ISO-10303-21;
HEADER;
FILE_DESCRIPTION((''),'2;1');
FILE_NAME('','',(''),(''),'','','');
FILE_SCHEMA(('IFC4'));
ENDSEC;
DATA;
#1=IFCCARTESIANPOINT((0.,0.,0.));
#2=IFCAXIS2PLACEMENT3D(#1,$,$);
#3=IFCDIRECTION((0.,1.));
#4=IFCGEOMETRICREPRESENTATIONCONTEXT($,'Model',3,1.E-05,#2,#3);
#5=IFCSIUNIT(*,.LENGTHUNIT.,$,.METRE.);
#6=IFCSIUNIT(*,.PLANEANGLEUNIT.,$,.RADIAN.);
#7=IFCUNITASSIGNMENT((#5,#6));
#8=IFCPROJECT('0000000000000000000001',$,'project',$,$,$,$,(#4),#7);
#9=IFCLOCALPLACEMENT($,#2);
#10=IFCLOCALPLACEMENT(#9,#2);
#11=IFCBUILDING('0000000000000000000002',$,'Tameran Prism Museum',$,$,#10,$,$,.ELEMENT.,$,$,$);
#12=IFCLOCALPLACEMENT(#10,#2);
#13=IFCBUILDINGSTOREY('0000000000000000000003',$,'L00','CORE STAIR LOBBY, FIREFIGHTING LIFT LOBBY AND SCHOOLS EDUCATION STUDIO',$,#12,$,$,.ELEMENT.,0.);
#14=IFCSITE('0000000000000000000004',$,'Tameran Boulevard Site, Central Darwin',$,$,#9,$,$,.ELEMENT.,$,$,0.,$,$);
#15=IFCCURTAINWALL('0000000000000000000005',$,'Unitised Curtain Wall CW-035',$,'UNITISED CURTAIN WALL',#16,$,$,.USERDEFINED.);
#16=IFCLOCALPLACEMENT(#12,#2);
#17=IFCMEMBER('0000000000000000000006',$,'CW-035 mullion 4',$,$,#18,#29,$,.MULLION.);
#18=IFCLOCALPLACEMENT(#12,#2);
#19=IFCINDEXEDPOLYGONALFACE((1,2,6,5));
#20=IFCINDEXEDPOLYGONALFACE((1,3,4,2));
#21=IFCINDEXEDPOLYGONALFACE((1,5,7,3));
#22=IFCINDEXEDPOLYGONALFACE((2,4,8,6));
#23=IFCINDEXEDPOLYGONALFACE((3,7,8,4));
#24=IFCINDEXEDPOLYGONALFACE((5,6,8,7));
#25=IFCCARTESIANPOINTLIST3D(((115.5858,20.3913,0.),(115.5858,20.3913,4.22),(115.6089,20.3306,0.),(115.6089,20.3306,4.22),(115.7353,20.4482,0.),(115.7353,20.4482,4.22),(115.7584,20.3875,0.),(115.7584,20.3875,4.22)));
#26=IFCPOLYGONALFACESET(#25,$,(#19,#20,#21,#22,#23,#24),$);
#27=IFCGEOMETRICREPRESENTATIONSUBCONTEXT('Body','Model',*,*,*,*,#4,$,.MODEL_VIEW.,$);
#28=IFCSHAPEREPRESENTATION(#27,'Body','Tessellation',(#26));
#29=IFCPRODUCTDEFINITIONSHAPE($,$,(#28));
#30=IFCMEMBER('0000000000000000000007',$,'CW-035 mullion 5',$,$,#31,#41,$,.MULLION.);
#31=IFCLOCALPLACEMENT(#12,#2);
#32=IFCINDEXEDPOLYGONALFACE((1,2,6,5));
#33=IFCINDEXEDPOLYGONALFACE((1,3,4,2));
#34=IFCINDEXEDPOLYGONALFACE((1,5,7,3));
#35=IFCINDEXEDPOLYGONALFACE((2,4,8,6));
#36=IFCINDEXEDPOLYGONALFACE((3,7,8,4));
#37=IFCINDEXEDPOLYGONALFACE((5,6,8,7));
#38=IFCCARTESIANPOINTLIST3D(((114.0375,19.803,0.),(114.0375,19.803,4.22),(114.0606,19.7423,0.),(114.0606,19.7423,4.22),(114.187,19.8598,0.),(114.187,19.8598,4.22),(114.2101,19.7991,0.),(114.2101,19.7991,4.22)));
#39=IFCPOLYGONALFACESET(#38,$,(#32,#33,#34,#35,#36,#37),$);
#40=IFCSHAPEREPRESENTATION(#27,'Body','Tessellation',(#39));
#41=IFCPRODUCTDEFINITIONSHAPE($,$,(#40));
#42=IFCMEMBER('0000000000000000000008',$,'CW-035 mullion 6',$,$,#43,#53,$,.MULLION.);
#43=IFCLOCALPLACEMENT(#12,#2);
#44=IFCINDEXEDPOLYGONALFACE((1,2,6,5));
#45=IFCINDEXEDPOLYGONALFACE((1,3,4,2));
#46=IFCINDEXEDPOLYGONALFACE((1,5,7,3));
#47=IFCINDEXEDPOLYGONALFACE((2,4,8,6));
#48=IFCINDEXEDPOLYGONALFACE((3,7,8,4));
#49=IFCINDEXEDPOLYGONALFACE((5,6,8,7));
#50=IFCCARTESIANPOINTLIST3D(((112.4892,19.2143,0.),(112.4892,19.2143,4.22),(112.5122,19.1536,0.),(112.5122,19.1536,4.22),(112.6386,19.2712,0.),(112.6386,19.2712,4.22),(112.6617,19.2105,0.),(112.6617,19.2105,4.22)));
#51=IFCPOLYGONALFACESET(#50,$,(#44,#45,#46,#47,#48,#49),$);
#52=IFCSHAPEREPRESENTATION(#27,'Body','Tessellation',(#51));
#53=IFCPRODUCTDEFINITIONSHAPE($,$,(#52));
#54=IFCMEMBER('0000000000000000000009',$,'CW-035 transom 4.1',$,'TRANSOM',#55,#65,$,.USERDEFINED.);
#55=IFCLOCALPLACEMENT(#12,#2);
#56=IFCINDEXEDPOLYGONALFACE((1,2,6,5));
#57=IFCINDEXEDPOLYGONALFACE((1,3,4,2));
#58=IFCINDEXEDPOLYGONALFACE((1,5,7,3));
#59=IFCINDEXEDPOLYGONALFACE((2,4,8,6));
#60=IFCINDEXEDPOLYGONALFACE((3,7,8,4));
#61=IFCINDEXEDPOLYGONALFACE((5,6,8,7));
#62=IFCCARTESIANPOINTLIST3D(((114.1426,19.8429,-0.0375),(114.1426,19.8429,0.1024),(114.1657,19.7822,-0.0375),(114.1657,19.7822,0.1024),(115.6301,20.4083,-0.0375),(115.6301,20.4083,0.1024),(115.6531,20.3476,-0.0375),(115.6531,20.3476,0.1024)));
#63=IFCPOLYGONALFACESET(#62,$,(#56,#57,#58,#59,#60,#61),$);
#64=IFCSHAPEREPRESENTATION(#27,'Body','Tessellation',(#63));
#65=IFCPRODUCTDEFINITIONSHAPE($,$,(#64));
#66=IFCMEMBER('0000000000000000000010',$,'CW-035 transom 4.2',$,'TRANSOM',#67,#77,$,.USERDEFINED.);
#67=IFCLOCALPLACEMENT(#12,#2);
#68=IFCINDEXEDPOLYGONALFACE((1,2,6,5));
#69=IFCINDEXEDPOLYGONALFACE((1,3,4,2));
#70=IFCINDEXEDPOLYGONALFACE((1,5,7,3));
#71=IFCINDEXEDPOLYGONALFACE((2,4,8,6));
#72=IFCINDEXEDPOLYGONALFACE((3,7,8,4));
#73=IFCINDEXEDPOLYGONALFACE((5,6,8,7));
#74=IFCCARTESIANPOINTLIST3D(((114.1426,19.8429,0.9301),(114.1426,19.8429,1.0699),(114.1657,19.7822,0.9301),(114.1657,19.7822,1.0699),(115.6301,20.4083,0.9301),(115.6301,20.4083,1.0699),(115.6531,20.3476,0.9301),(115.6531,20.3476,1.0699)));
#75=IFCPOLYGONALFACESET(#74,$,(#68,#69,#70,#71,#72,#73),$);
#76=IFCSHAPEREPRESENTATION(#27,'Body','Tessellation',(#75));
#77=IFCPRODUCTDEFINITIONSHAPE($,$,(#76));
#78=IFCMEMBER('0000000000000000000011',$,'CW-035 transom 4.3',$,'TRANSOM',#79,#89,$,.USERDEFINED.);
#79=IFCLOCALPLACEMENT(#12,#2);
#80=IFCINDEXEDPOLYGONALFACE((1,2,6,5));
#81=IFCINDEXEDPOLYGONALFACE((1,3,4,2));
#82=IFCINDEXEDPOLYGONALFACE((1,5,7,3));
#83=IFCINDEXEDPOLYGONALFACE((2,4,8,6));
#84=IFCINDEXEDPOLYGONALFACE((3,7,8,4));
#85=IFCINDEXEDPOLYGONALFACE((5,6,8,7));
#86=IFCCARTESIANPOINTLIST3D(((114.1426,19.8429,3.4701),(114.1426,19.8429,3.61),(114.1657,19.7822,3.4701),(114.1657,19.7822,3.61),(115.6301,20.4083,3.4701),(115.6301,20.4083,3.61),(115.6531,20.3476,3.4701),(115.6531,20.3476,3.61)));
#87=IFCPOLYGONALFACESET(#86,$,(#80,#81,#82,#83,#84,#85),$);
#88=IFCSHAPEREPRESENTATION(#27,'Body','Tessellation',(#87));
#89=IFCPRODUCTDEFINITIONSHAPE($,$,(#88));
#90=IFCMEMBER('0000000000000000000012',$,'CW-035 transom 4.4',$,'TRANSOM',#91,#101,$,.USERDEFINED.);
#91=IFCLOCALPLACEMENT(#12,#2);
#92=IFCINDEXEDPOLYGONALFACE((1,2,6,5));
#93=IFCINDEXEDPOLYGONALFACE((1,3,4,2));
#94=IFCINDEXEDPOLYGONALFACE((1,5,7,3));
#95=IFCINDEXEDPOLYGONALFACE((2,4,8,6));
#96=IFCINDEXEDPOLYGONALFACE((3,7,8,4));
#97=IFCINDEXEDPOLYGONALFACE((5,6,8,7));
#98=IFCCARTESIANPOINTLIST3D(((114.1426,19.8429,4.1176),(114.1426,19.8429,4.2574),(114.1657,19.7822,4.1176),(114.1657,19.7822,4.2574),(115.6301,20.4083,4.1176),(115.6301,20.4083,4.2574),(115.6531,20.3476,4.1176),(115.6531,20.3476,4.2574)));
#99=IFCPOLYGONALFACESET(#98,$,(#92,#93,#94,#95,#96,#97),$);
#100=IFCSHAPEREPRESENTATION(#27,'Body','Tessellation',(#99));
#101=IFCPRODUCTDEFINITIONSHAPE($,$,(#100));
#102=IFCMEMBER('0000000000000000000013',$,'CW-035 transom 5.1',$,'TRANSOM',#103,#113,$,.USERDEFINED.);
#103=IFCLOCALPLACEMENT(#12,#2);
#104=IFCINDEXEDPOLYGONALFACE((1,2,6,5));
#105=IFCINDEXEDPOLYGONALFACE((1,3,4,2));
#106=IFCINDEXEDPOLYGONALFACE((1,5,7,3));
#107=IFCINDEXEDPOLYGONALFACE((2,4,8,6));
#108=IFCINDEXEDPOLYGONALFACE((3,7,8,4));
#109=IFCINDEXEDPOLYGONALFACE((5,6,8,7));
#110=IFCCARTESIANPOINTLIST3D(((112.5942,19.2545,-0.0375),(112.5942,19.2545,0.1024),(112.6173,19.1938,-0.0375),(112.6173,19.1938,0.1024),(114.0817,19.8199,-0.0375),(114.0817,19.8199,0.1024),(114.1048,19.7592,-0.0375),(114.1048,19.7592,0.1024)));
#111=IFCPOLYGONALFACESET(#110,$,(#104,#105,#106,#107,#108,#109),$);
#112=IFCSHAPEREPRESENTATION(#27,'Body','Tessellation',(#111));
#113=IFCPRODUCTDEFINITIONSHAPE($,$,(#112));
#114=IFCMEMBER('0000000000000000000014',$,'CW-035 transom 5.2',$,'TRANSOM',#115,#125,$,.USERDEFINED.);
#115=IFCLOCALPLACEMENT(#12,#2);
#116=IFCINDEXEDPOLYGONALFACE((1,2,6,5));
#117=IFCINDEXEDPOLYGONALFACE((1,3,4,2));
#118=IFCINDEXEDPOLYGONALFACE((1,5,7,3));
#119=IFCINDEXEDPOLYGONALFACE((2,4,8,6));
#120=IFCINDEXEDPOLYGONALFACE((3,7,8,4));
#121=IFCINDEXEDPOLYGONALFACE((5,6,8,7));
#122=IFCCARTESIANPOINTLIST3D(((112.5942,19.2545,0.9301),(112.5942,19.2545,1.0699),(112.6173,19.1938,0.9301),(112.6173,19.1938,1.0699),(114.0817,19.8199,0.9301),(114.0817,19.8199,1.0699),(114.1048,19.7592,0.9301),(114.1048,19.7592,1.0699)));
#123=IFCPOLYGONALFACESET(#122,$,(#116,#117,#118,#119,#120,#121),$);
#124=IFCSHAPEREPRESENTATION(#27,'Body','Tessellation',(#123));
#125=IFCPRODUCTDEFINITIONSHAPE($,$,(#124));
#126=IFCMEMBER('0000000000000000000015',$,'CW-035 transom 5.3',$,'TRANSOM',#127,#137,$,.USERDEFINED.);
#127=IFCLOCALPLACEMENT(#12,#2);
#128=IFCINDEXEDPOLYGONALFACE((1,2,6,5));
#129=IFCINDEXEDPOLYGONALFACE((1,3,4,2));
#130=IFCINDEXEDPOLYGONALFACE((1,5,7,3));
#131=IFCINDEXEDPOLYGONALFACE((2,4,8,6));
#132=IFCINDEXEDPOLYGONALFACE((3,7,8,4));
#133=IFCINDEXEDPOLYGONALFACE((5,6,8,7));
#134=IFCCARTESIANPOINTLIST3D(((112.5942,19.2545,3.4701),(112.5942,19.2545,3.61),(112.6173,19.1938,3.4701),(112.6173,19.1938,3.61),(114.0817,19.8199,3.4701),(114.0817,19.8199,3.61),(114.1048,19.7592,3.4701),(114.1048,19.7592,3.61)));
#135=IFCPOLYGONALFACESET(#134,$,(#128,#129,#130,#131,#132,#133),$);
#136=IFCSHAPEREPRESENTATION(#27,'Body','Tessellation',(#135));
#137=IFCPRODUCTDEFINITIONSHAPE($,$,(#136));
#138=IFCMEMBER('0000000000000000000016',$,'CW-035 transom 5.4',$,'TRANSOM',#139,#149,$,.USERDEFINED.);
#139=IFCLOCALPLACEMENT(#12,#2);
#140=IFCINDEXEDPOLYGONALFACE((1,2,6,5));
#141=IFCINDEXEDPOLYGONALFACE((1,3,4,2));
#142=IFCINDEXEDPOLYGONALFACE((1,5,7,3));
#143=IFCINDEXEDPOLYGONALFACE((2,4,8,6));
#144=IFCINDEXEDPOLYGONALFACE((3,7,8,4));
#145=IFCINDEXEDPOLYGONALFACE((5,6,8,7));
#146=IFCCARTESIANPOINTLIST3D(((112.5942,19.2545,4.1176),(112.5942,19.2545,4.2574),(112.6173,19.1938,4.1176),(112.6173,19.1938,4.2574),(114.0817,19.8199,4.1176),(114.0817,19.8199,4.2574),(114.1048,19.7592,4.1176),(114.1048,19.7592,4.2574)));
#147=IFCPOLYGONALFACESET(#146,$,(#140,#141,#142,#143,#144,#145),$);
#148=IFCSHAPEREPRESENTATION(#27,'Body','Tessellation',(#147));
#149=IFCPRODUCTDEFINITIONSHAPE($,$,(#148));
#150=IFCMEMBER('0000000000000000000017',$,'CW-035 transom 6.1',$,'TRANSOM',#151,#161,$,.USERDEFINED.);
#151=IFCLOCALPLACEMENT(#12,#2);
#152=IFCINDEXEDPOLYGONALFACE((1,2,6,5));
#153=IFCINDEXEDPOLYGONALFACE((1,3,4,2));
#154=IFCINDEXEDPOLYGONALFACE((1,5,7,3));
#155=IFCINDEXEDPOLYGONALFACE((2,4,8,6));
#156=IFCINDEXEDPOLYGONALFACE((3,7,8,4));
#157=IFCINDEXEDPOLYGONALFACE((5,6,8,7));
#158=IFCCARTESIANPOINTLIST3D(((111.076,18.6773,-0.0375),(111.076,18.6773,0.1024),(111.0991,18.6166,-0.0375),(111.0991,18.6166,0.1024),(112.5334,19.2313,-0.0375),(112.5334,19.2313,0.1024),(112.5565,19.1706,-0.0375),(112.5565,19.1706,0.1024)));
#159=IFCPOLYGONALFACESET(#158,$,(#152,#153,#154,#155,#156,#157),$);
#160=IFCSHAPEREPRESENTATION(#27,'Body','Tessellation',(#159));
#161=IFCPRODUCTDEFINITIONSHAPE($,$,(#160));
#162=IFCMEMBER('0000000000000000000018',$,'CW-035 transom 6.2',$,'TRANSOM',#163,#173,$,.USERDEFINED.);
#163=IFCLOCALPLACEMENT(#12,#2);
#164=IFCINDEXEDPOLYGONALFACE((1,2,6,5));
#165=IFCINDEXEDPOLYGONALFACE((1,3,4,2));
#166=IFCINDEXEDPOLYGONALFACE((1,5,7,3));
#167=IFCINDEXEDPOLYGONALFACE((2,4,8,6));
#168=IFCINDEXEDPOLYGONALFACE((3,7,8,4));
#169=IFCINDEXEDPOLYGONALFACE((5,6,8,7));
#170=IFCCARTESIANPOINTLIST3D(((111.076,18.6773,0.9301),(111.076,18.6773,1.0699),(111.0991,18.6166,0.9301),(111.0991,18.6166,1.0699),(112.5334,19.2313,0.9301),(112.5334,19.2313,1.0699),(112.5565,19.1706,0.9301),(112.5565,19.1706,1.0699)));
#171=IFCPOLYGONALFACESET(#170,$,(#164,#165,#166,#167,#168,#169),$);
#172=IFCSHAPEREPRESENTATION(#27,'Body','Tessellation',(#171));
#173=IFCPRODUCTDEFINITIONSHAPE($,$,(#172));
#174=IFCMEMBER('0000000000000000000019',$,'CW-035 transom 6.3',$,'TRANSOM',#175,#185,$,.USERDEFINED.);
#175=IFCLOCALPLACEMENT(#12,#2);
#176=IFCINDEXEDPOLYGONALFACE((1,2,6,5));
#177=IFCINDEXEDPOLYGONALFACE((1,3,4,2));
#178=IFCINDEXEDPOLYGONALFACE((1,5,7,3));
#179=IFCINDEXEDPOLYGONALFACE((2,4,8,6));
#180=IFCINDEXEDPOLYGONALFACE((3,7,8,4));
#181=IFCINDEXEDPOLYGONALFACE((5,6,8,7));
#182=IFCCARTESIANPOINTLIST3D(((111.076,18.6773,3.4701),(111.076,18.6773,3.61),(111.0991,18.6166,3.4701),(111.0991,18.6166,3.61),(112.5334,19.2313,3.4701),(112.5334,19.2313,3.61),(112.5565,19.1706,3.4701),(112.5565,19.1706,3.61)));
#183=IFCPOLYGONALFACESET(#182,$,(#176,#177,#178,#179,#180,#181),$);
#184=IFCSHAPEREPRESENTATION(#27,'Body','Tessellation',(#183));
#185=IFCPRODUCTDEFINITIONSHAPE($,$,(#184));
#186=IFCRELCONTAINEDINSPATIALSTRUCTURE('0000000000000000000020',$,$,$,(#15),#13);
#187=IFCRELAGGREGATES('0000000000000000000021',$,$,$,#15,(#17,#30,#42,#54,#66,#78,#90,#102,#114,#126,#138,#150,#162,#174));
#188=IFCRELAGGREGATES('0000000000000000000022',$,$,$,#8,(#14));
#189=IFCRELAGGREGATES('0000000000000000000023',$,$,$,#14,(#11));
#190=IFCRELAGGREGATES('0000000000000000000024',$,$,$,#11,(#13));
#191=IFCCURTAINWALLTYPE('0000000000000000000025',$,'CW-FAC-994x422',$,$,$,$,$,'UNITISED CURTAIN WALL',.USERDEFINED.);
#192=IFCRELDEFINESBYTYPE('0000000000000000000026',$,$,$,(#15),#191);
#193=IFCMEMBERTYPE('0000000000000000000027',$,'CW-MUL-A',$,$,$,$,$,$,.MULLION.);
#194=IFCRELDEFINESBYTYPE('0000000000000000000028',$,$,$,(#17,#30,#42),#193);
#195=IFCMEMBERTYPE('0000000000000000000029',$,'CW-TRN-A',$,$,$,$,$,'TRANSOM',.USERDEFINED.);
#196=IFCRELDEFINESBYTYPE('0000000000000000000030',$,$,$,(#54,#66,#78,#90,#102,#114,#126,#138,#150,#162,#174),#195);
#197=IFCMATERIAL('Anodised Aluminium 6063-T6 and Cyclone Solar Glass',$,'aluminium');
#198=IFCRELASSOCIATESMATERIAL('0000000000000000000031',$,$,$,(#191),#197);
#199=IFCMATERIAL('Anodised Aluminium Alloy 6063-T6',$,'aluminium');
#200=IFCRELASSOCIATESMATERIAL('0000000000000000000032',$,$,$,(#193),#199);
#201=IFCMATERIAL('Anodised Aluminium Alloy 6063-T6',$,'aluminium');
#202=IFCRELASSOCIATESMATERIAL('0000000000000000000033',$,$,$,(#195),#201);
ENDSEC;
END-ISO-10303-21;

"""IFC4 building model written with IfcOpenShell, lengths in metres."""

from ifc_helpers import new_model, si_unit, direction, frame, origin, origin_2d, place, context, subcontext, project, spatial, rectangle, extrude, material, material_profile, profile_set, type_object, element, aggregate, save


model = new_model("IFC4")

# Units and contexts
model_context = context("Model", 3, precision=1e-05, world=origin(), true_north=direction((0.0, 1.0)))
body_context = subcontext(model_context, "Body", "Model", "MODEL_VIEW")
ifc_project = project(units=[si_unit("LENGTHUNIT", "METRE"), si_unit("PLANEANGLEUNIT", "RADIAN")], contexts=[model_context])

# Site, building, storey
site_placement = place(None, origin())
site = spatial("IfcSite", under=ifc_project, at=site_placement, Name="Tameran Boulevard Site, Central Darwin", CompositionType="ELEMENT", RefElevation=0.0)
building_placement = place(site_placement, origin())
building = spatial("IfcBuilding", under=site, at=building_placement, Name="Tameran Prism Museum", CompositionType="ELEMENT")
storey_placement = place(building_placement, origin())
storey = spatial("IfcBuildingStorey", under=building, at=storey_placement, Name="L00", Description="CORE STAIR LOBBY, FIREFIGHTING LIFT LOBBY AND SCHOOLS EDUCATION STUDIO", CompositionType="ELEMENT", Elevation=0.0)

# Curtain wall, members
ifc_material_1 = material(Name="Anodised Aluminium 6063-T6 and Cyclone Solar Glass", Category="aluminium")
curtain_wall_type = type_object("IfcCurtainWallType", Name="CW-FAC-994x422", ElementType="UNITISED CURTAIN WALL", PredefinedType="USERDEFINED", material=ifc_material_1)
curtain_wall_placement = place(storey_placement, origin())
curtain_wall = element("IfcCurtainWall", 1, at=curtain_wall_placement, inside=storey, type_object=curtain_wall_type, Name="Unitised Curtain Wall CW-035", ObjectType="UNITISED CURTAIN WALL", PredefinedType="USERDEFINED")
ifc_material_2 = material(Name="Anodised Aluminium Alloy 6063-T6", Category="aluminium")
ifc_material_profile_1 = material_profile(ifc_material_2, rectangle(XDim=0.0649, YDim=0.1599, at=origin_2d()))
ifc_profile_set_1 = profile_set([ifc_material_profile_1])
member_type_1 = type_object("IfcMemberType", Name="CW-MUL-A", PredefinedType="MULLION", material=ifc_profile_set_1)
member_1_placement = place(storey_placement, frame((115.6721, 20.3894, 0.0), z_axis=(0.0, 0.0, 1.0), x_axis=(0.355288, -0.934757, 0.0)))
member_1 = element("IfcMember", 2, at=member_1_placement, type_object=member_type_1, Name="CW-035 mullion 4", PredefinedType="MULLION", context=body_context, shape_type="SweptSolid", body=[
    extrude(rectangle(XDim=0.0649, YDim=0.1599, at=origin_2d()), origin(), (0.0, 0.0, 1.0), 4.22),
])
member_2_placement = place(storey_placement, frame((114.1238, 19.801, 0.0), z_axis=(0.0, 0.0, 1.0), x_axis=(0.355288, -0.934757, 0.0)))
member_2 = element("IfcMember", 3, at=member_2_placement, type_object=member_type_1, Name="CW-035 mullion 5", PredefinedType="MULLION", context=body_context, shape_type="SweptSolid", body=[
    extrude(rectangle(XDim=0.0649, YDim=0.1599, at=origin_2d()), origin(), (0.0, 0.0, 1.0), 4.22),
])
member_3_placement = place(storey_placement, frame((112.5754, 19.2124, 0.0), z_axis=(0.0, 0.0, 1.0), x_axis=(0.355288, -0.934757, 0.0)))
member_3 = element("IfcMember", 4, at=member_3_placement, type_object=member_type_1, Name="CW-035 mullion 6", PredefinedType="MULLION", context=body_context, shape_type="SweptSolid", body=[
    extrude(rectangle(XDim=0.0649, YDim=0.1599, at=origin_2d()), origin(), (0.0, 0.0, 1.0), 4.22),
])
ifc_material_3 = material(Name="Anodised Aluminium Alloy 6063-T6", Category="aluminium")
ifc_material_profile_2 = material_profile(ifc_material_3, rectangle(XDim=0.0649, YDim=0.1399, at=origin_2d()))
ifc_profile_set_2 = profile_set([ifc_material_profile_2])
member_type_2 = type_object("IfcMemberType", Name="CW-TRN-A", ElementType="TRANSOM", PredefinedType="USERDEFINED", material=ifc_profile_set_2)
member_4_placement = place(storey_placement, frame((115.6416, 20.3779, 0.0325), z_axis=(-0.93475, -0.355306, 0.0), x_axis=(0.355306, -0.93475, 0.0)))
member_4 = element("IfcMember", 5, at=member_4_placement, type_object=member_type_2, Name="CW-035 transom 4.1", ObjectType="TRANSOM", PredefinedType="USERDEFINED", context=body_context, shape_type="SweptSolid", body=[
    extrude(rectangle(XDim=0.0649, YDim=0.1399, at=origin_2d()), origin(), (0.0, 0.0, 1.0), 1.5913),
])
member_5_placement = place(storey_placement, frame((115.6416, 20.3779, 1.0), z_axis=(-0.93475, -0.355306, 0.0), x_axis=(0.355306, -0.93475, 0.0)))
member_5 = element("IfcMember", 6, at=member_5_placement, type_object=member_type_2, Name="CW-035 transom 4.2", ObjectType="TRANSOM", PredefinedType="USERDEFINED", context=body_context, shape_type="SweptSolid", body=[
    extrude(rectangle(XDim=0.0649, YDim=0.1399, at=origin_2d()), origin(), (0.0, 0.0, 1.0), 1.5913),
])
member_6_placement = place(storey_placement, frame((115.6416, 20.3779, 3.54), z_axis=(-0.93475, -0.355306, 0.0), x_axis=(0.355306, -0.93475, 0.0)))
member_6 = element("IfcMember", 7, at=member_6_placement, type_object=member_type_2, Name="CW-035 transom 4.3", ObjectType="TRANSOM", PredefinedType="USERDEFINED", context=body_context, shape_type="SweptSolid", body=[
    extrude(rectangle(XDim=0.0649, YDim=0.1399, at=origin_2d()), origin(), (0.0, 0.0, 1.0), 1.5913),
])
member_7_placement = place(storey_placement, frame((115.6416, 20.3779, 4.1875), z_axis=(-0.93475, -0.355306, 0.0), x_axis=(0.355306, -0.93475, 0.0)))
member_7 = element("IfcMember", 8, at=member_7_placement, type_object=member_type_2, Name="CW-035 transom 4.4", ObjectType="TRANSOM", PredefinedType="USERDEFINED", context=body_context, shape_type="SweptSolid", body=[
    extrude(rectangle(XDim=0.0649, YDim=0.1399, at=origin_2d()), origin(), (0.0, 0.0, 1.0), 1.5913),
])
member_8_placement = place(storey_placement, frame((114.0933, 19.7896, 0.0325), z_axis=(-0.93475, -0.355306, 0.0), x_axis=(0.355306, -0.93475, 0.0)))
member_8 = element("IfcMember", 9, at=member_8_placement, type_object=member_type_2, Name="CW-035 transom 5.1", ObjectType="TRANSOM", PredefinedType="USERDEFINED", context=body_context, shape_type="SweptSolid", body=[
    extrude(rectangle(XDim=0.0649, YDim=0.1399, at=origin_2d()), origin(), (0.0, 0.0, 1.0), 1.5913),
])
member_9_placement = place(storey_placement, frame((114.0933, 19.7896, 1.0), z_axis=(-0.93475, -0.355306, 0.0), x_axis=(0.355306, -0.93475, 0.0)))
member_9 = element("IfcMember", 10, at=member_9_placement, type_object=member_type_2, Name="CW-035 transom 5.2", ObjectType="TRANSOM", PredefinedType="USERDEFINED", context=body_context, shape_type="SweptSolid", body=[
    extrude(rectangle(XDim=0.0649, YDim=0.1399, at=origin_2d()), origin(), (0.0, 0.0, 1.0), 1.5913),
])
member_10_placement = place(storey_placement, frame((114.0933, 19.7896, 3.54), z_axis=(-0.93475, -0.355306, 0.0), x_axis=(0.355306, -0.93475, 0.0)))
member_10 = element("IfcMember", 11, at=member_10_placement, type_object=member_type_2, Name="CW-035 transom 5.3", ObjectType="TRANSOM", PredefinedType="USERDEFINED", context=body_context, shape_type="SweptSolid", body=[
    extrude(rectangle(XDim=0.0649, YDim=0.1399, at=origin_2d()), origin(), (0.0, 0.0, 1.0), 1.5913),
])
member_11_placement = place(storey_placement, frame((114.0933, 19.7896, 4.1875), z_axis=(-0.93475, -0.355306, 0.0), x_axis=(0.355306, -0.93475, 0.0)))
member_11 = element("IfcMember", 12, at=member_11_placement, type_object=member_type_2, Name="CW-035 transom 5.4", ObjectType="TRANSOM", PredefinedType="USERDEFINED", context=body_context, shape_type="SweptSolid", body=[
    extrude(rectangle(XDim=0.0649, YDim=0.1399, at=origin_2d()), origin(), (0.0, 0.0, 1.0), 1.5913),
])
member_12_placement = place(storey_placement, frame((112.5449, 19.2009, 0.0325), z_axis=(-0.934743, -0.355324, 0.0), x_axis=(0.355324, -0.934743, 0.0)))
member_12 = element("IfcMember", 13, at=member_12_placement, type_object=member_type_2, Name="CW-035 transom 6.1", ObjectType="TRANSOM", PredefinedType="USERDEFINED", context=body_context, shape_type="SweptSolid", body=[
    extrude(rectangle(XDim=0.0649, YDim=0.1399, at=origin_2d()), origin(), (0.0, 0.0, 1.0), 1.5591),
])
member_13_placement = place(storey_placement, frame((112.5449, 19.2009, 1.0), z_axis=(-0.934743, -0.355324, 0.0), x_axis=(0.355324, -0.934743, 0.0)))
member_13 = element("IfcMember", 14, at=member_13_placement, type_object=member_type_2, Name="CW-035 transom 6.2", ObjectType="TRANSOM", PredefinedType="USERDEFINED", context=body_context, shape_type="SweptSolid", body=[
    extrude(rectangle(XDim=0.0649, YDim=0.1399, at=origin_2d()), origin(), (0.0, 0.0, 1.0), 1.5591),
])
member_14_placement = place(storey_placement, frame((112.5449, 19.2009, 3.54), z_axis=(-0.934743, -0.355324, 0.0), x_axis=(0.355324, -0.934743, 0.0)))
member_14 = element("IfcMember", 15, at=member_14_placement, type_object=member_type_2, Name="CW-035 transom 6.3", ObjectType="TRANSOM", PredefinedType="USERDEFINED", context=body_context, shape_type="SweptSolid", body=[
    extrude(rectangle(XDim=0.0649, YDim=0.1399, at=origin_2d()), origin(), (0.0, 0.0, 1.0), 1.5591),
])
aggregate(curtain_wall, [member_1, member_2, member_3, member_4, member_5, member_6, member_7, member_8, member_9, member_10, member_11, member_12, member_13, member_14])

save(model, "model.ifc")
